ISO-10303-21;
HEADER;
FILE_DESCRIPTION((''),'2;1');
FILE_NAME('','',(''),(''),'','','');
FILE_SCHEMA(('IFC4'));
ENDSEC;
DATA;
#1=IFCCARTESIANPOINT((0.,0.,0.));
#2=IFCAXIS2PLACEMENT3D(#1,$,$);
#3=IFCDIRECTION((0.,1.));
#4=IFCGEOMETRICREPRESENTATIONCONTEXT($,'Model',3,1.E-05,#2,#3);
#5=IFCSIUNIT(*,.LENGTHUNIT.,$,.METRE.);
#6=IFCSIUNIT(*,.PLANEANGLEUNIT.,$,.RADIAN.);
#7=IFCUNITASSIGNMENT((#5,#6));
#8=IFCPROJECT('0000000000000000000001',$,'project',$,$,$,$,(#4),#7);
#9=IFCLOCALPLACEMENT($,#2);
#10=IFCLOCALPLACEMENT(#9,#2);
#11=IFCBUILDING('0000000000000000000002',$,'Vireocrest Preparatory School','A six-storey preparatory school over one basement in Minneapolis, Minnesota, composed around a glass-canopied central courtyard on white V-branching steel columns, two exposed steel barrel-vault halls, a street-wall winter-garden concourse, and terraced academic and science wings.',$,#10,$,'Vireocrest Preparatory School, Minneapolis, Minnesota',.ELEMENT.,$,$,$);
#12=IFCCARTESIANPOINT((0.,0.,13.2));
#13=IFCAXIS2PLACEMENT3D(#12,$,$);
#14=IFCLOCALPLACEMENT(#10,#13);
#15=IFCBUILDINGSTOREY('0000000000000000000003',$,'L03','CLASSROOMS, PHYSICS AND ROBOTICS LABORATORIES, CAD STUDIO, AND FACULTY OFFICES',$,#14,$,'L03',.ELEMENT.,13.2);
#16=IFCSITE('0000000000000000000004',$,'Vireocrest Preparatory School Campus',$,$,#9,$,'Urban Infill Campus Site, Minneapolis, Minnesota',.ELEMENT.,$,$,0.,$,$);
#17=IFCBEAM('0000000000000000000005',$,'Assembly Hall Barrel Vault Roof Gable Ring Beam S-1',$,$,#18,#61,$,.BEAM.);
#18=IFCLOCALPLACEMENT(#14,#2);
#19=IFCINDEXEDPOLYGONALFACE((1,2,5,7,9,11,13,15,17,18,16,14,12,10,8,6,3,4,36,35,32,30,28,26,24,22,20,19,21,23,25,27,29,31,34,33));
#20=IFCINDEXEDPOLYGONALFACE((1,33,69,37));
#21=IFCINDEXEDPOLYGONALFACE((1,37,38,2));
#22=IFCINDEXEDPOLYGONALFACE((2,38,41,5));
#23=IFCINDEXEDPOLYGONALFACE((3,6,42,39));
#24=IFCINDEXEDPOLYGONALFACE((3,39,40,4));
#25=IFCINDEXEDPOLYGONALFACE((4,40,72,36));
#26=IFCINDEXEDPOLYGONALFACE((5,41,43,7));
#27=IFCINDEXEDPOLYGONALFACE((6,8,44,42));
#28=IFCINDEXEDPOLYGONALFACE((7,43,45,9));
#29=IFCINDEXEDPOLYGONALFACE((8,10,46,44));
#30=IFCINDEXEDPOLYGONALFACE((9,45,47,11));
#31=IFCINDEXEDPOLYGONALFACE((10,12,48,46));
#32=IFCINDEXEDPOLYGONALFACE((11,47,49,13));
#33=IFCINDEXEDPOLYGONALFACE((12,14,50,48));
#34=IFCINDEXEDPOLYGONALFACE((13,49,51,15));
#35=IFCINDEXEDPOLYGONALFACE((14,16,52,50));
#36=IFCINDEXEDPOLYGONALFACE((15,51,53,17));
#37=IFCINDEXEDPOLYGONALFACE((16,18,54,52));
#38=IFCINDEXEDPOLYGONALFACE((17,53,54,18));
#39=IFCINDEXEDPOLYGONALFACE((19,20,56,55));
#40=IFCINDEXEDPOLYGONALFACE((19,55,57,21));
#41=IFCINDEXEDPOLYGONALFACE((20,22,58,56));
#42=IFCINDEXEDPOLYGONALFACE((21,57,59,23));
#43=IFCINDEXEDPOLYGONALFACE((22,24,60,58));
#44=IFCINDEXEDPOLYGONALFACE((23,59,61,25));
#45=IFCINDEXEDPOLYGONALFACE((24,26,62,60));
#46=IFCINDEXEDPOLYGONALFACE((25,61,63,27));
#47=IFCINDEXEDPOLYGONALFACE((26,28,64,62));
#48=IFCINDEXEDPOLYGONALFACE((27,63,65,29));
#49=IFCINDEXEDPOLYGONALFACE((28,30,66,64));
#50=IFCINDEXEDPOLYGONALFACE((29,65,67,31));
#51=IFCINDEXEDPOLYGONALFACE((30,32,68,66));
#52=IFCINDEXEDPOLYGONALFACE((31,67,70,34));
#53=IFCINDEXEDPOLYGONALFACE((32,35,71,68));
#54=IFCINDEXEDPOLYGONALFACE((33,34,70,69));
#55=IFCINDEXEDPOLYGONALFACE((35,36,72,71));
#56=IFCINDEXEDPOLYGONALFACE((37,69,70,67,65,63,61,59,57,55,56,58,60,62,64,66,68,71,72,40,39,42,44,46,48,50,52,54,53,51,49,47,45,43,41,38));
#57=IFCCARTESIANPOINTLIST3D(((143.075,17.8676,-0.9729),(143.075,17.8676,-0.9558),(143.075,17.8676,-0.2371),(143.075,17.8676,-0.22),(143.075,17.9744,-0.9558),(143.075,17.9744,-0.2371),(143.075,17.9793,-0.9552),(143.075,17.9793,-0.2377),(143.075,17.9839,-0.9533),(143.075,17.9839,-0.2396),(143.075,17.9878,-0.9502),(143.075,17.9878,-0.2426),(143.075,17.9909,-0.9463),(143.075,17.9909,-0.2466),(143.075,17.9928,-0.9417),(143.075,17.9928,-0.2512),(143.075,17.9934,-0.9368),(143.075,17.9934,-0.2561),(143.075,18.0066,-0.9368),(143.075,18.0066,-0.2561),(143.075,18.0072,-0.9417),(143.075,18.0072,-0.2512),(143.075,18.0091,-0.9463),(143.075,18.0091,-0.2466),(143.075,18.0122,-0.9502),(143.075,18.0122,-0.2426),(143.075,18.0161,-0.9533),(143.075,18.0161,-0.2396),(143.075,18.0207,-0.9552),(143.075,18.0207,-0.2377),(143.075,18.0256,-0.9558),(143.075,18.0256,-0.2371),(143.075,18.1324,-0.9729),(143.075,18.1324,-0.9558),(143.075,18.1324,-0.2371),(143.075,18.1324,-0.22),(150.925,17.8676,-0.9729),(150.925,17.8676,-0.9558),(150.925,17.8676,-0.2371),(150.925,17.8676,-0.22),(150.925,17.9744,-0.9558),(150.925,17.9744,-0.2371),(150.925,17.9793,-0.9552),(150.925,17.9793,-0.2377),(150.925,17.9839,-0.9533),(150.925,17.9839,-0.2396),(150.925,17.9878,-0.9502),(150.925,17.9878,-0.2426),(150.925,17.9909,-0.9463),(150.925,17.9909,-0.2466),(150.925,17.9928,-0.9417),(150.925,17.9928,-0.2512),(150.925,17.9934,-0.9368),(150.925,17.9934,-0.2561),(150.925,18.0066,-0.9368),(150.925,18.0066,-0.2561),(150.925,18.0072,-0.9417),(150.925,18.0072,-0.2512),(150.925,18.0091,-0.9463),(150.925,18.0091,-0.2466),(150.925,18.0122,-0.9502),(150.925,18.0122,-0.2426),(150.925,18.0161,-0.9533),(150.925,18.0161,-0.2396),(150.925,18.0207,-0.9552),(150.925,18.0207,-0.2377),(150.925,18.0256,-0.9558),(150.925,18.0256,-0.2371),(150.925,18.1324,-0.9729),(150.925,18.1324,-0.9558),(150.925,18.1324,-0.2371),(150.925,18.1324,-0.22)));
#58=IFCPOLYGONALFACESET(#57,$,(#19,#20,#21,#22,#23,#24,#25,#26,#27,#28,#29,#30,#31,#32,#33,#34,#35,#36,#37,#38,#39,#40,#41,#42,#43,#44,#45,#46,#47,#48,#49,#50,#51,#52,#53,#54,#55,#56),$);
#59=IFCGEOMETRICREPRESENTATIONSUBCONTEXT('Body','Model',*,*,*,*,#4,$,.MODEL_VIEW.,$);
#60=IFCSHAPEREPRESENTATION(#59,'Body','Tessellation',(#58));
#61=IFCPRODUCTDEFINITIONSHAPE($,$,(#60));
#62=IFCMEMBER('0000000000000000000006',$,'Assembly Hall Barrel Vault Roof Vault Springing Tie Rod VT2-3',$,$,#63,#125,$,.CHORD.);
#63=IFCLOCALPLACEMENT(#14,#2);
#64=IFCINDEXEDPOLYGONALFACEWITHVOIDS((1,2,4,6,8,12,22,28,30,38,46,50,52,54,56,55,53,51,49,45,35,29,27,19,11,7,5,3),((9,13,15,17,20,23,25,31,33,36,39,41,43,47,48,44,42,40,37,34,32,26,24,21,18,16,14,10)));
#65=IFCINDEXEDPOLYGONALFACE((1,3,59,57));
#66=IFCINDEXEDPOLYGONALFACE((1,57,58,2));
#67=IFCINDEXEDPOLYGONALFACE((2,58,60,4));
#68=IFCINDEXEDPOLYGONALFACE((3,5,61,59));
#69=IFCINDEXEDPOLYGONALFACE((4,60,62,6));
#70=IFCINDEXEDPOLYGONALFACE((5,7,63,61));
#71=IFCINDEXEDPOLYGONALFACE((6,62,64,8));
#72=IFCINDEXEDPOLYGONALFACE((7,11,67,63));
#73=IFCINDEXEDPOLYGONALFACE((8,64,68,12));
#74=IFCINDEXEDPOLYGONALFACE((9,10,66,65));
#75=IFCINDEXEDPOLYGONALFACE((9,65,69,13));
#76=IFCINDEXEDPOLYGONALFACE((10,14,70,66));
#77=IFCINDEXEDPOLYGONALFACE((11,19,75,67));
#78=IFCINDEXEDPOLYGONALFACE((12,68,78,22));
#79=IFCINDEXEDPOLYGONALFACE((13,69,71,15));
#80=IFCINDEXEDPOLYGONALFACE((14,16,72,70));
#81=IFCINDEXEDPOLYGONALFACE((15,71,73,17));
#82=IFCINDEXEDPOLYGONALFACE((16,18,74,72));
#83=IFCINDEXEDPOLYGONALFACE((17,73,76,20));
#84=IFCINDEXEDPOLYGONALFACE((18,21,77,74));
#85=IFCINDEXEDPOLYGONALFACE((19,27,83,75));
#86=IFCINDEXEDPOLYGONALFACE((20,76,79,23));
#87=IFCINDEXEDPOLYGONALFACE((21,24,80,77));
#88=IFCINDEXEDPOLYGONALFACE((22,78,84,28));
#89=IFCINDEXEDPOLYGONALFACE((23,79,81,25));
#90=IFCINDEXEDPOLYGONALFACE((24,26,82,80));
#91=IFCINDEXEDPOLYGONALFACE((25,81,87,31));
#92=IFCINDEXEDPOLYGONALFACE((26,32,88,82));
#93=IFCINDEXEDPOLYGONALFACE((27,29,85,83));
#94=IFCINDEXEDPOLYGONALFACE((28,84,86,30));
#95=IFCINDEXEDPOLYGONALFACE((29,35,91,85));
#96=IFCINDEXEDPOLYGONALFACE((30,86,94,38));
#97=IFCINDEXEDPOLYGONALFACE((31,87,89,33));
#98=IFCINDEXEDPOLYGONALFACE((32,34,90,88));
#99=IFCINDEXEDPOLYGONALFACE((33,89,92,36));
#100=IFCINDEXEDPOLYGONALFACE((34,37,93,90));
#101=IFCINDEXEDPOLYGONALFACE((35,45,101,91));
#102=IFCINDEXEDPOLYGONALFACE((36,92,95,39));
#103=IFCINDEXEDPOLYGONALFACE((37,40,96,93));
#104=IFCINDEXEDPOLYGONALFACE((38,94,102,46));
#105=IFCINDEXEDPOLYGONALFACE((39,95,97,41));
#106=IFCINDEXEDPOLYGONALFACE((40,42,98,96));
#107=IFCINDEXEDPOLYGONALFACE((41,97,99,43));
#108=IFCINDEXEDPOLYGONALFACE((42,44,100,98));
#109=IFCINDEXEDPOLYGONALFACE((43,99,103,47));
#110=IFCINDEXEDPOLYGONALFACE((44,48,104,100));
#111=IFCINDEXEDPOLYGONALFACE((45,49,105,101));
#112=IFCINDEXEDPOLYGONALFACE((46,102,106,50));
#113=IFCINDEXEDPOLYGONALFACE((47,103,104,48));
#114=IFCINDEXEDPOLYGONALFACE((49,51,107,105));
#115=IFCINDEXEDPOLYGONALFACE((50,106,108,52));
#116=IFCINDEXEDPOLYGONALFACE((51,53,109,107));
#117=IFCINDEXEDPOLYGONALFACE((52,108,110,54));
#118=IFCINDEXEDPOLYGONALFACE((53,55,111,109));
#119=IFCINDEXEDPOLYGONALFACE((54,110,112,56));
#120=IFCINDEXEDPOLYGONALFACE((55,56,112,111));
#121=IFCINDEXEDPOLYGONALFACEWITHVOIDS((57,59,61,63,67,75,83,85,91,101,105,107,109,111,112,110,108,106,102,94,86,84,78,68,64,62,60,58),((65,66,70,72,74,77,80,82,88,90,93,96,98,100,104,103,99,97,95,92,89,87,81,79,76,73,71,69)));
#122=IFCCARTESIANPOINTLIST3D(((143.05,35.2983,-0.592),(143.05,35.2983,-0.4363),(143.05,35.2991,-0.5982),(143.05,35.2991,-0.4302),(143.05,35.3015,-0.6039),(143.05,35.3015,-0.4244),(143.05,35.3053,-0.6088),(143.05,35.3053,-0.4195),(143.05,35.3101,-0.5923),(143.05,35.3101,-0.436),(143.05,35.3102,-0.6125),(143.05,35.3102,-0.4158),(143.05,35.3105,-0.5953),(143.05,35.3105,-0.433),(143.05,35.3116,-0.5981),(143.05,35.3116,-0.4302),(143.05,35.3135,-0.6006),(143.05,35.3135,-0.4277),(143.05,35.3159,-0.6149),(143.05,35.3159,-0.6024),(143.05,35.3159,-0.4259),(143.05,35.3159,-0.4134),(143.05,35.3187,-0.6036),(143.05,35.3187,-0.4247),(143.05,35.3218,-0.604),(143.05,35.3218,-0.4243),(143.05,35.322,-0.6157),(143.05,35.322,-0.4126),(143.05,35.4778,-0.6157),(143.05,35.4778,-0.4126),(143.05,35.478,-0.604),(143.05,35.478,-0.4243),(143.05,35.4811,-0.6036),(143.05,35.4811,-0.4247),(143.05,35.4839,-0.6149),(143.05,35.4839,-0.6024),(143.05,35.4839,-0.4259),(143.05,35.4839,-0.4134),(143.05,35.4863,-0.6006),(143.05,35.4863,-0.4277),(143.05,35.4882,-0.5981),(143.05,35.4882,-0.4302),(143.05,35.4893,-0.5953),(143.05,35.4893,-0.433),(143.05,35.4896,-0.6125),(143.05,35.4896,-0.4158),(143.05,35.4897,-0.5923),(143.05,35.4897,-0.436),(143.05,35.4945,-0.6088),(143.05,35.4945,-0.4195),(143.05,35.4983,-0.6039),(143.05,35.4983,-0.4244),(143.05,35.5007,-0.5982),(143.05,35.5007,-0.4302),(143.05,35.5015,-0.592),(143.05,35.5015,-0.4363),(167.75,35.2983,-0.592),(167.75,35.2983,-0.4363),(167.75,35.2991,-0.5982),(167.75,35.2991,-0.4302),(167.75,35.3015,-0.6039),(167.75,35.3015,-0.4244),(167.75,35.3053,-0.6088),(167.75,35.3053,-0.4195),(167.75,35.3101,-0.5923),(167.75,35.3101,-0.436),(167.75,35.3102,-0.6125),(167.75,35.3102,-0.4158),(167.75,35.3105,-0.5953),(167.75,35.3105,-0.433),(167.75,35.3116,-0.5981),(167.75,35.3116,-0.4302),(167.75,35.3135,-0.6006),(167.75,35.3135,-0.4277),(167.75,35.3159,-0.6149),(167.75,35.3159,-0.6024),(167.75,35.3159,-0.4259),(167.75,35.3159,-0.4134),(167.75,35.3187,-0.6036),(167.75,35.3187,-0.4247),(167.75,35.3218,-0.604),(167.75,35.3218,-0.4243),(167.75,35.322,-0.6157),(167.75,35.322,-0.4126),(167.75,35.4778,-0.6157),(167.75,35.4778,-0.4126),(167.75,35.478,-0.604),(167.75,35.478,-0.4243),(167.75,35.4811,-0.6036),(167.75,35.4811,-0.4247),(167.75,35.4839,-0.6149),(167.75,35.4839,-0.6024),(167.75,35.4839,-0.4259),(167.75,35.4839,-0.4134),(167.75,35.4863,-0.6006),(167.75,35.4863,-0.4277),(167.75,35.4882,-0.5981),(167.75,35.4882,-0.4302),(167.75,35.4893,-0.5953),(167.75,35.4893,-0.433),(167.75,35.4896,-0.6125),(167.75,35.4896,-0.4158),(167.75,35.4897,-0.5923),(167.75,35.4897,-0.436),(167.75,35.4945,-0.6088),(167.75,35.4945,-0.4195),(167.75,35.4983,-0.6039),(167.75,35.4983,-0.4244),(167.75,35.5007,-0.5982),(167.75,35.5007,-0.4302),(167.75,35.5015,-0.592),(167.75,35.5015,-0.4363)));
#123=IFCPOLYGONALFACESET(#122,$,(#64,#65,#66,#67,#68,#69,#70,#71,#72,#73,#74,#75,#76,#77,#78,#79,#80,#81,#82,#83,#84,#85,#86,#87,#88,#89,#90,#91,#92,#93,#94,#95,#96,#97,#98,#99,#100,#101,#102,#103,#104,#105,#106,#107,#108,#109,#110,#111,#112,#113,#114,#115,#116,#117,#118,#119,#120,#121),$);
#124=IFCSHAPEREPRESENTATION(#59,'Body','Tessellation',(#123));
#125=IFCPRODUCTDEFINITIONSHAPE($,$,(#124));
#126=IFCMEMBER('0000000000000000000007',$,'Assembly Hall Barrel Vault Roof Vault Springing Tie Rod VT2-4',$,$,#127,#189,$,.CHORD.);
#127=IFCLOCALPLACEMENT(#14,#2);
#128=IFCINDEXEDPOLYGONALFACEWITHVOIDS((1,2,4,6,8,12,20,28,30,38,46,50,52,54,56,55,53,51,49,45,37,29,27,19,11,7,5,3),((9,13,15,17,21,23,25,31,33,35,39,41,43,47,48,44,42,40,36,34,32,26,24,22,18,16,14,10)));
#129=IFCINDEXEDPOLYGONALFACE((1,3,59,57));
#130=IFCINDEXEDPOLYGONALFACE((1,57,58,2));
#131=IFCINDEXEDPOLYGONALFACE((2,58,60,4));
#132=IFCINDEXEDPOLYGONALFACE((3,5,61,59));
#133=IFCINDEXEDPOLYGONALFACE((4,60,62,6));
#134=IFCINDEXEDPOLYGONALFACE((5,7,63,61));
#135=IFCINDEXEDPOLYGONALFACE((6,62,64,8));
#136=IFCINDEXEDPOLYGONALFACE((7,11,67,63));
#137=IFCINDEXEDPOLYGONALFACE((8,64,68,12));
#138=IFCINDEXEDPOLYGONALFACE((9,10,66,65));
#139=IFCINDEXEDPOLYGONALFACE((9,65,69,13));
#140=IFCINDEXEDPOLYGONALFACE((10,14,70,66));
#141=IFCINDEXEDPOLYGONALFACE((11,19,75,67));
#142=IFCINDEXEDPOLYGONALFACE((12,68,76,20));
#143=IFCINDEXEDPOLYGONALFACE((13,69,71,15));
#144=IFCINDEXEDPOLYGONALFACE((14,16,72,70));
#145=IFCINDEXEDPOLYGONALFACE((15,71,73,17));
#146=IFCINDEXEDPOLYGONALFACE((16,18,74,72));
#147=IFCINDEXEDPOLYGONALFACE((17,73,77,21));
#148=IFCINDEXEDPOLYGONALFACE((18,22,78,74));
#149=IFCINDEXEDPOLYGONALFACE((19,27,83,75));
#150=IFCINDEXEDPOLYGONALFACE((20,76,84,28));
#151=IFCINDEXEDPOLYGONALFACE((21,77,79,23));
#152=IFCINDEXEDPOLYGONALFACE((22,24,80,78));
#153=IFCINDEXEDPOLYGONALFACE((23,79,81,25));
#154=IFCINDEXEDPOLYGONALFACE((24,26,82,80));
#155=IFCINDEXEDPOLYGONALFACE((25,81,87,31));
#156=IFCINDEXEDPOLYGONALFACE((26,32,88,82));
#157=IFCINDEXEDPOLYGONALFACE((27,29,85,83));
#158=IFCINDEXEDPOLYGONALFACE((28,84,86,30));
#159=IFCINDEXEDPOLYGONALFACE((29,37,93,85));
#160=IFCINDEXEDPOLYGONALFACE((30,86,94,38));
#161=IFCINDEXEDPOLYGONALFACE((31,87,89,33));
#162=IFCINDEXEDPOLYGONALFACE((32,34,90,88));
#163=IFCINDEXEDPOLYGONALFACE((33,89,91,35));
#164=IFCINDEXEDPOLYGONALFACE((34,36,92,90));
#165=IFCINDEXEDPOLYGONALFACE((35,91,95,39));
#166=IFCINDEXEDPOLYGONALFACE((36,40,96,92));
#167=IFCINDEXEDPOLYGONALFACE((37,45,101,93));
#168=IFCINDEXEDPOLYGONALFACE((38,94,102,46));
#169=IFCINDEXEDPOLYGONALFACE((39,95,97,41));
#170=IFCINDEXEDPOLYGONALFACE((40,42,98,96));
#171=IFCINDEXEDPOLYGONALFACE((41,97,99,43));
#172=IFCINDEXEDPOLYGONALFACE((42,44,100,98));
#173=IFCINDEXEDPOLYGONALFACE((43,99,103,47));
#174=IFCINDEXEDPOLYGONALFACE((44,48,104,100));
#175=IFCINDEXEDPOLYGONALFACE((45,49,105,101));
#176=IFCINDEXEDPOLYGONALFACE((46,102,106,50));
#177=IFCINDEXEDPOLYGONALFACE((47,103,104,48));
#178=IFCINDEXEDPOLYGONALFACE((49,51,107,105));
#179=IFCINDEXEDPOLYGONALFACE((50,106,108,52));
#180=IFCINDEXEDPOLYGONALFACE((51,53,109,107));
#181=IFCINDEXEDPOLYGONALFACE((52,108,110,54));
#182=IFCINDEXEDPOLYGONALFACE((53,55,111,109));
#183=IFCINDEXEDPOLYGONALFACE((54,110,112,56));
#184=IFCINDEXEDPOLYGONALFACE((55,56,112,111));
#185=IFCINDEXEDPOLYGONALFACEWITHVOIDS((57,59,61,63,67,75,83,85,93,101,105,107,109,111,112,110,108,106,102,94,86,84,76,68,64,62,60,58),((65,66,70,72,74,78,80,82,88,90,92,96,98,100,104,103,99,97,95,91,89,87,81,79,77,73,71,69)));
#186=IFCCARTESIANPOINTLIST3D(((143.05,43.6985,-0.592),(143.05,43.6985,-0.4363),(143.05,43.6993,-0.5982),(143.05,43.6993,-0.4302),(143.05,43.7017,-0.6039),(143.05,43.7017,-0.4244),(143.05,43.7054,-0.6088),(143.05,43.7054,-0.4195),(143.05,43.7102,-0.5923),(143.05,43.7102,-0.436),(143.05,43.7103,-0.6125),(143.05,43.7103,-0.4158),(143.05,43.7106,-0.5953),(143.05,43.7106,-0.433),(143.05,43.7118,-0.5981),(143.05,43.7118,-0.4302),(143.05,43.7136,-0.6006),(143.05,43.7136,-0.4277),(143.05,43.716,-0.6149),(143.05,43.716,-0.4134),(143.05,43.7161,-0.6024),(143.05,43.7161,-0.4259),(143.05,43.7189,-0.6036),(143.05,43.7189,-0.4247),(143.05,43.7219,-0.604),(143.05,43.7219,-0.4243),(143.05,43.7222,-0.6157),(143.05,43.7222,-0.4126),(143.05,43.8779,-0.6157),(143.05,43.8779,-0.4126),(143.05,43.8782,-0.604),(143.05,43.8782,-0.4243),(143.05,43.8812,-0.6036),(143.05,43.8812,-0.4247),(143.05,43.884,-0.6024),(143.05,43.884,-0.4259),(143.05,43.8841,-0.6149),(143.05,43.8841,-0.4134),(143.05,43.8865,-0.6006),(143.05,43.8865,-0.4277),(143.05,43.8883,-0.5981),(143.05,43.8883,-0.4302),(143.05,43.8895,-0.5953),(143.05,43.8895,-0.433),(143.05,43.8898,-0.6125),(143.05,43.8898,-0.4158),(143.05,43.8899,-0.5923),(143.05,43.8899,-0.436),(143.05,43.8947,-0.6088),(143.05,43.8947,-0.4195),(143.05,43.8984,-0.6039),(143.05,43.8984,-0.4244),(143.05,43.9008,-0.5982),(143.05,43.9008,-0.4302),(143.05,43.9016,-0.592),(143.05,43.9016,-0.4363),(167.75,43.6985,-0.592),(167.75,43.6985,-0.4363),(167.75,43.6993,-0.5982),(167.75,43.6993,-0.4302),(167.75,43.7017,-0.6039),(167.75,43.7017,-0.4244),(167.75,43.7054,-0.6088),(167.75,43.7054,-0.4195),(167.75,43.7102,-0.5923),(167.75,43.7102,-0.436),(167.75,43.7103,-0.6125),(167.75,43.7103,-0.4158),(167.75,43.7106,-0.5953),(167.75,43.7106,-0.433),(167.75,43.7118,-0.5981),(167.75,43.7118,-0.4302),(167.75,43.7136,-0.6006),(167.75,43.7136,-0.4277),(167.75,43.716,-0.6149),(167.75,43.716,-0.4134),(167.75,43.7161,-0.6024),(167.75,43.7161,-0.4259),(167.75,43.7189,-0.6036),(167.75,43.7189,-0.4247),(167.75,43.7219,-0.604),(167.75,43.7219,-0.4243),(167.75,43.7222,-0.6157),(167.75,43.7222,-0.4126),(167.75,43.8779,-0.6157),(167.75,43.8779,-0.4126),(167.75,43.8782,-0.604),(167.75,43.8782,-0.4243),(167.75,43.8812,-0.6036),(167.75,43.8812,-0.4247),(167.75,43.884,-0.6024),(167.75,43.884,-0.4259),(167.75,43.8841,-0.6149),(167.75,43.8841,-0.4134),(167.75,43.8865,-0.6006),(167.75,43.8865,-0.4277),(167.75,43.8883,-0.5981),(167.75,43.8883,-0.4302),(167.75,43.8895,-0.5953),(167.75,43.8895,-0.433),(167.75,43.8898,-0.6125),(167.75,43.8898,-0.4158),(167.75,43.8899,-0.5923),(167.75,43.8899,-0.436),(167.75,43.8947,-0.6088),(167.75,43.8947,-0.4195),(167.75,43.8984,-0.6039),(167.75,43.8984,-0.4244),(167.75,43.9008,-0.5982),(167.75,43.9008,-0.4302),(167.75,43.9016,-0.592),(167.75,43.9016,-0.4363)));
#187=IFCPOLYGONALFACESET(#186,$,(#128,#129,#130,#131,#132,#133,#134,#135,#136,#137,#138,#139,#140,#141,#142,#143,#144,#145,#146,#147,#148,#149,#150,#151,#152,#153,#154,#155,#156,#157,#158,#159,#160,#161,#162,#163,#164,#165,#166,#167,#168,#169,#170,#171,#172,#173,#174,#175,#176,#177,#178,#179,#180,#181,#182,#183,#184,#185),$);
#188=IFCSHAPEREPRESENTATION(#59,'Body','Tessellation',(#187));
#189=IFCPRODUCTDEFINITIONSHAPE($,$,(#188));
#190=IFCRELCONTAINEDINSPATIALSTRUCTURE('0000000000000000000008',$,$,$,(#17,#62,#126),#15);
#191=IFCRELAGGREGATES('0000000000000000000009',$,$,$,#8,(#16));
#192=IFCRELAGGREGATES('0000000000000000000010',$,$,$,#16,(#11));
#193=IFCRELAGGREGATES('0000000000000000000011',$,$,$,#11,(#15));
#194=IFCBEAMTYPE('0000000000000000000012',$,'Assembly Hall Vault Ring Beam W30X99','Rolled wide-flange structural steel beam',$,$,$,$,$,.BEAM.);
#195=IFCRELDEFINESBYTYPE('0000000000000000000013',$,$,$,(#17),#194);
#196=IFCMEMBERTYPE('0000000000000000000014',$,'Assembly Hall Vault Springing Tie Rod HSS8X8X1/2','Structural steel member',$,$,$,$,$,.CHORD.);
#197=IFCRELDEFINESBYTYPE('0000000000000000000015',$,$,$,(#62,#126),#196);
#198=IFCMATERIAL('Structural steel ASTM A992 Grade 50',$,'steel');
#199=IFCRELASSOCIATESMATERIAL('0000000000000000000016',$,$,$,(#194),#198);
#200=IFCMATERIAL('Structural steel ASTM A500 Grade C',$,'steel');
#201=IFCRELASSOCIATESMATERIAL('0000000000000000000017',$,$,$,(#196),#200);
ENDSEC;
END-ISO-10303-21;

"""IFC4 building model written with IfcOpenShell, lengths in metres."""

from ifc_helpers import new_model, si_unit, direction, frame, origin, origin_2d, place, context, subcontext, project, spatial, hollow_rectangle, i_section, extrude, material, material_profile, profile_set, type_object, element, save


model = new_model("IFC4")

# Units and contexts
model_context = context("Model", 3, precision=1e-05, world=origin(), true_north=direction((0.0, 1.0)))
body_context = subcontext(model_context, "Body", "Model", "MODEL_VIEW")
ifc_project = project(units=[si_unit("LENGTHUNIT", "METRE"), si_unit("PLANEANGLEUNIT", "RADIAN")], contexts=[model_context])

# Site, building, storey
site_placement = place(None, origin())
site = spatial("IfcSite", under=ifc_project, at=site_placement, Name="Vireocrest Preparatory School Campus", LongName="Urban Infill Campus Site, Minneapolis, Minnesota", CompositionType="ELEMENT", RefElevation=0.0)
building_placement = place(site_placement, origin())
building = spatial("IfcBuilding", under=site, at=building_placement, Name="Vireocrest Preparatory School", Description="A six-storey preparatory school over one basement in Minneapolis, Minnesota, composed around a glass-canopied central courtyard on white V-branching steel columns, two exposed steel barrel-vault halls, a street-wall winter-garden concourse, and terraced academic and science wings.", LongName="Vireocrest Preparatory School, Minneapolis, Minnesota", CompositionType="ELEMENT")
storey_placement = place(building_placement, frame((0.0, 0.0, 13.2)))
storey = spatial("IfcBuildingStorey", under=building, at=storey_placement, Name="L03", Description="CLASSROOMS, PHYSICS AND ROBOTICS LABORATORIES, CAD STUDIO, AND FACULTY OFFICES", LongName="L03", CompositionType="ELEMENT", Elevation=13.2)

# Beam
ifc_material_1 = material(Name="Structural steel ASTM A992 Grade 50", Category="steel")
ifc_material_profile_1 = material_profile(ifc_material_1, i_section(OverallWidth=0.2649, OverallDepth=0.7529, WebThickness=0.0132, FlangeThickness=0.0171, FilletRadius=0.019, at=origin_2d()), Name="W30X99")
ifc_profile_set_1 = profile_set([ifc_material_profile_1], Name="Structural steel ASTM A992 Grade 50")
beam_type_1 = type_object("IfcBeamType", Name="Assembly Hall Vault Ring Beam W30X99", Description="Rolled wide-flange structural steel beam", PredefinedType="BEAM", material=ifc_profile_set_1)
beam_placement = place(storey_placement, frame((143.075, 18.0, -0.5964), z_axis=(1.0, 0.0, 0.0), x_axis=(0.0, 1.0, 0.0)))
element("IfcBeam", 1, at=beam_placement, inside=storey, type_object=beam_type_1, Name="Assembly Hall Barrel Vault Roof Gable Ring Beam S-1", PredefinedType="BEAM", context=body_context, shape_type="SweptSolid", body=[
    extrude(i_section(OverallWidth=0.2649, OverallDepth=0.7529, WebThickness=0.0132, FlangeThickness=0.0171, FilletRadius=0.019, at=origin_2d()), origin(), (0.0, 0.0, 1.0), 7.8501),
])

# Members
ifc_material_2 = material(Name="Structural steel ASTM A500 Grade C", Category="steel")
ifc_material_profile_2 = material_profile(ifc_material_2, hollow_rectangle(XDim=0.2031, YDim=0.2031, WallThickness=0.0117, InnerFilletRadius=0.0117, OuterFilletRadius=0.0237, at=origin_2d()), Name="HSS8X8X1/2")
ifc_profile_set_2 = profile_set([ifc_material_profile_2], Name="Structural steel ASTM A500 Grade C")
member_type_1 = type_object("IfcMemberType", Name="Assembly Hall Vault Springing Tie Rod HSS8X8X1/2", Description="Structural steel member", PredefinedType="CHORD", material=ifc_profile_set_2)
for number, where, z_axis, x_axis, name in (
    (2, (143.05, 35.3999, -0.5142), (1.0, 0.0, 0.0), (0.0, 1.0, 0.0), "Assembly Hall Barrel Vault Roof Vault Springing Tie Rod VT2-3"),
    (3, (143.05, 43.8, -0.5142), (1.0, 0.0, 0.0), (0.0, 1.0, 0.0), "Assembly Hall Barrel Vault Roof Vault Springing Tie Rod VT2-4"),
):
    element("IfcMember", number, at=place(storey_placement, frame(where, z_axis=z_axis, x_axis=x_axis)), inside=storey, type_object=member_type_1, Name=name, PredefinedType="CHORD", context=body_context, shape_type="SweptSolid", body=[
        extrude(hollow_rectangle(XDim=0.2031, YDim=0.2031, WallThickness=0.0117, InnerFilletRadius=0.0117, OuterFilletRadius=0.0237, at=origin_2d()), origin(), (0.0, 0.0, 1.0), 24.7),
    ])

save(model, "model.ifc")
